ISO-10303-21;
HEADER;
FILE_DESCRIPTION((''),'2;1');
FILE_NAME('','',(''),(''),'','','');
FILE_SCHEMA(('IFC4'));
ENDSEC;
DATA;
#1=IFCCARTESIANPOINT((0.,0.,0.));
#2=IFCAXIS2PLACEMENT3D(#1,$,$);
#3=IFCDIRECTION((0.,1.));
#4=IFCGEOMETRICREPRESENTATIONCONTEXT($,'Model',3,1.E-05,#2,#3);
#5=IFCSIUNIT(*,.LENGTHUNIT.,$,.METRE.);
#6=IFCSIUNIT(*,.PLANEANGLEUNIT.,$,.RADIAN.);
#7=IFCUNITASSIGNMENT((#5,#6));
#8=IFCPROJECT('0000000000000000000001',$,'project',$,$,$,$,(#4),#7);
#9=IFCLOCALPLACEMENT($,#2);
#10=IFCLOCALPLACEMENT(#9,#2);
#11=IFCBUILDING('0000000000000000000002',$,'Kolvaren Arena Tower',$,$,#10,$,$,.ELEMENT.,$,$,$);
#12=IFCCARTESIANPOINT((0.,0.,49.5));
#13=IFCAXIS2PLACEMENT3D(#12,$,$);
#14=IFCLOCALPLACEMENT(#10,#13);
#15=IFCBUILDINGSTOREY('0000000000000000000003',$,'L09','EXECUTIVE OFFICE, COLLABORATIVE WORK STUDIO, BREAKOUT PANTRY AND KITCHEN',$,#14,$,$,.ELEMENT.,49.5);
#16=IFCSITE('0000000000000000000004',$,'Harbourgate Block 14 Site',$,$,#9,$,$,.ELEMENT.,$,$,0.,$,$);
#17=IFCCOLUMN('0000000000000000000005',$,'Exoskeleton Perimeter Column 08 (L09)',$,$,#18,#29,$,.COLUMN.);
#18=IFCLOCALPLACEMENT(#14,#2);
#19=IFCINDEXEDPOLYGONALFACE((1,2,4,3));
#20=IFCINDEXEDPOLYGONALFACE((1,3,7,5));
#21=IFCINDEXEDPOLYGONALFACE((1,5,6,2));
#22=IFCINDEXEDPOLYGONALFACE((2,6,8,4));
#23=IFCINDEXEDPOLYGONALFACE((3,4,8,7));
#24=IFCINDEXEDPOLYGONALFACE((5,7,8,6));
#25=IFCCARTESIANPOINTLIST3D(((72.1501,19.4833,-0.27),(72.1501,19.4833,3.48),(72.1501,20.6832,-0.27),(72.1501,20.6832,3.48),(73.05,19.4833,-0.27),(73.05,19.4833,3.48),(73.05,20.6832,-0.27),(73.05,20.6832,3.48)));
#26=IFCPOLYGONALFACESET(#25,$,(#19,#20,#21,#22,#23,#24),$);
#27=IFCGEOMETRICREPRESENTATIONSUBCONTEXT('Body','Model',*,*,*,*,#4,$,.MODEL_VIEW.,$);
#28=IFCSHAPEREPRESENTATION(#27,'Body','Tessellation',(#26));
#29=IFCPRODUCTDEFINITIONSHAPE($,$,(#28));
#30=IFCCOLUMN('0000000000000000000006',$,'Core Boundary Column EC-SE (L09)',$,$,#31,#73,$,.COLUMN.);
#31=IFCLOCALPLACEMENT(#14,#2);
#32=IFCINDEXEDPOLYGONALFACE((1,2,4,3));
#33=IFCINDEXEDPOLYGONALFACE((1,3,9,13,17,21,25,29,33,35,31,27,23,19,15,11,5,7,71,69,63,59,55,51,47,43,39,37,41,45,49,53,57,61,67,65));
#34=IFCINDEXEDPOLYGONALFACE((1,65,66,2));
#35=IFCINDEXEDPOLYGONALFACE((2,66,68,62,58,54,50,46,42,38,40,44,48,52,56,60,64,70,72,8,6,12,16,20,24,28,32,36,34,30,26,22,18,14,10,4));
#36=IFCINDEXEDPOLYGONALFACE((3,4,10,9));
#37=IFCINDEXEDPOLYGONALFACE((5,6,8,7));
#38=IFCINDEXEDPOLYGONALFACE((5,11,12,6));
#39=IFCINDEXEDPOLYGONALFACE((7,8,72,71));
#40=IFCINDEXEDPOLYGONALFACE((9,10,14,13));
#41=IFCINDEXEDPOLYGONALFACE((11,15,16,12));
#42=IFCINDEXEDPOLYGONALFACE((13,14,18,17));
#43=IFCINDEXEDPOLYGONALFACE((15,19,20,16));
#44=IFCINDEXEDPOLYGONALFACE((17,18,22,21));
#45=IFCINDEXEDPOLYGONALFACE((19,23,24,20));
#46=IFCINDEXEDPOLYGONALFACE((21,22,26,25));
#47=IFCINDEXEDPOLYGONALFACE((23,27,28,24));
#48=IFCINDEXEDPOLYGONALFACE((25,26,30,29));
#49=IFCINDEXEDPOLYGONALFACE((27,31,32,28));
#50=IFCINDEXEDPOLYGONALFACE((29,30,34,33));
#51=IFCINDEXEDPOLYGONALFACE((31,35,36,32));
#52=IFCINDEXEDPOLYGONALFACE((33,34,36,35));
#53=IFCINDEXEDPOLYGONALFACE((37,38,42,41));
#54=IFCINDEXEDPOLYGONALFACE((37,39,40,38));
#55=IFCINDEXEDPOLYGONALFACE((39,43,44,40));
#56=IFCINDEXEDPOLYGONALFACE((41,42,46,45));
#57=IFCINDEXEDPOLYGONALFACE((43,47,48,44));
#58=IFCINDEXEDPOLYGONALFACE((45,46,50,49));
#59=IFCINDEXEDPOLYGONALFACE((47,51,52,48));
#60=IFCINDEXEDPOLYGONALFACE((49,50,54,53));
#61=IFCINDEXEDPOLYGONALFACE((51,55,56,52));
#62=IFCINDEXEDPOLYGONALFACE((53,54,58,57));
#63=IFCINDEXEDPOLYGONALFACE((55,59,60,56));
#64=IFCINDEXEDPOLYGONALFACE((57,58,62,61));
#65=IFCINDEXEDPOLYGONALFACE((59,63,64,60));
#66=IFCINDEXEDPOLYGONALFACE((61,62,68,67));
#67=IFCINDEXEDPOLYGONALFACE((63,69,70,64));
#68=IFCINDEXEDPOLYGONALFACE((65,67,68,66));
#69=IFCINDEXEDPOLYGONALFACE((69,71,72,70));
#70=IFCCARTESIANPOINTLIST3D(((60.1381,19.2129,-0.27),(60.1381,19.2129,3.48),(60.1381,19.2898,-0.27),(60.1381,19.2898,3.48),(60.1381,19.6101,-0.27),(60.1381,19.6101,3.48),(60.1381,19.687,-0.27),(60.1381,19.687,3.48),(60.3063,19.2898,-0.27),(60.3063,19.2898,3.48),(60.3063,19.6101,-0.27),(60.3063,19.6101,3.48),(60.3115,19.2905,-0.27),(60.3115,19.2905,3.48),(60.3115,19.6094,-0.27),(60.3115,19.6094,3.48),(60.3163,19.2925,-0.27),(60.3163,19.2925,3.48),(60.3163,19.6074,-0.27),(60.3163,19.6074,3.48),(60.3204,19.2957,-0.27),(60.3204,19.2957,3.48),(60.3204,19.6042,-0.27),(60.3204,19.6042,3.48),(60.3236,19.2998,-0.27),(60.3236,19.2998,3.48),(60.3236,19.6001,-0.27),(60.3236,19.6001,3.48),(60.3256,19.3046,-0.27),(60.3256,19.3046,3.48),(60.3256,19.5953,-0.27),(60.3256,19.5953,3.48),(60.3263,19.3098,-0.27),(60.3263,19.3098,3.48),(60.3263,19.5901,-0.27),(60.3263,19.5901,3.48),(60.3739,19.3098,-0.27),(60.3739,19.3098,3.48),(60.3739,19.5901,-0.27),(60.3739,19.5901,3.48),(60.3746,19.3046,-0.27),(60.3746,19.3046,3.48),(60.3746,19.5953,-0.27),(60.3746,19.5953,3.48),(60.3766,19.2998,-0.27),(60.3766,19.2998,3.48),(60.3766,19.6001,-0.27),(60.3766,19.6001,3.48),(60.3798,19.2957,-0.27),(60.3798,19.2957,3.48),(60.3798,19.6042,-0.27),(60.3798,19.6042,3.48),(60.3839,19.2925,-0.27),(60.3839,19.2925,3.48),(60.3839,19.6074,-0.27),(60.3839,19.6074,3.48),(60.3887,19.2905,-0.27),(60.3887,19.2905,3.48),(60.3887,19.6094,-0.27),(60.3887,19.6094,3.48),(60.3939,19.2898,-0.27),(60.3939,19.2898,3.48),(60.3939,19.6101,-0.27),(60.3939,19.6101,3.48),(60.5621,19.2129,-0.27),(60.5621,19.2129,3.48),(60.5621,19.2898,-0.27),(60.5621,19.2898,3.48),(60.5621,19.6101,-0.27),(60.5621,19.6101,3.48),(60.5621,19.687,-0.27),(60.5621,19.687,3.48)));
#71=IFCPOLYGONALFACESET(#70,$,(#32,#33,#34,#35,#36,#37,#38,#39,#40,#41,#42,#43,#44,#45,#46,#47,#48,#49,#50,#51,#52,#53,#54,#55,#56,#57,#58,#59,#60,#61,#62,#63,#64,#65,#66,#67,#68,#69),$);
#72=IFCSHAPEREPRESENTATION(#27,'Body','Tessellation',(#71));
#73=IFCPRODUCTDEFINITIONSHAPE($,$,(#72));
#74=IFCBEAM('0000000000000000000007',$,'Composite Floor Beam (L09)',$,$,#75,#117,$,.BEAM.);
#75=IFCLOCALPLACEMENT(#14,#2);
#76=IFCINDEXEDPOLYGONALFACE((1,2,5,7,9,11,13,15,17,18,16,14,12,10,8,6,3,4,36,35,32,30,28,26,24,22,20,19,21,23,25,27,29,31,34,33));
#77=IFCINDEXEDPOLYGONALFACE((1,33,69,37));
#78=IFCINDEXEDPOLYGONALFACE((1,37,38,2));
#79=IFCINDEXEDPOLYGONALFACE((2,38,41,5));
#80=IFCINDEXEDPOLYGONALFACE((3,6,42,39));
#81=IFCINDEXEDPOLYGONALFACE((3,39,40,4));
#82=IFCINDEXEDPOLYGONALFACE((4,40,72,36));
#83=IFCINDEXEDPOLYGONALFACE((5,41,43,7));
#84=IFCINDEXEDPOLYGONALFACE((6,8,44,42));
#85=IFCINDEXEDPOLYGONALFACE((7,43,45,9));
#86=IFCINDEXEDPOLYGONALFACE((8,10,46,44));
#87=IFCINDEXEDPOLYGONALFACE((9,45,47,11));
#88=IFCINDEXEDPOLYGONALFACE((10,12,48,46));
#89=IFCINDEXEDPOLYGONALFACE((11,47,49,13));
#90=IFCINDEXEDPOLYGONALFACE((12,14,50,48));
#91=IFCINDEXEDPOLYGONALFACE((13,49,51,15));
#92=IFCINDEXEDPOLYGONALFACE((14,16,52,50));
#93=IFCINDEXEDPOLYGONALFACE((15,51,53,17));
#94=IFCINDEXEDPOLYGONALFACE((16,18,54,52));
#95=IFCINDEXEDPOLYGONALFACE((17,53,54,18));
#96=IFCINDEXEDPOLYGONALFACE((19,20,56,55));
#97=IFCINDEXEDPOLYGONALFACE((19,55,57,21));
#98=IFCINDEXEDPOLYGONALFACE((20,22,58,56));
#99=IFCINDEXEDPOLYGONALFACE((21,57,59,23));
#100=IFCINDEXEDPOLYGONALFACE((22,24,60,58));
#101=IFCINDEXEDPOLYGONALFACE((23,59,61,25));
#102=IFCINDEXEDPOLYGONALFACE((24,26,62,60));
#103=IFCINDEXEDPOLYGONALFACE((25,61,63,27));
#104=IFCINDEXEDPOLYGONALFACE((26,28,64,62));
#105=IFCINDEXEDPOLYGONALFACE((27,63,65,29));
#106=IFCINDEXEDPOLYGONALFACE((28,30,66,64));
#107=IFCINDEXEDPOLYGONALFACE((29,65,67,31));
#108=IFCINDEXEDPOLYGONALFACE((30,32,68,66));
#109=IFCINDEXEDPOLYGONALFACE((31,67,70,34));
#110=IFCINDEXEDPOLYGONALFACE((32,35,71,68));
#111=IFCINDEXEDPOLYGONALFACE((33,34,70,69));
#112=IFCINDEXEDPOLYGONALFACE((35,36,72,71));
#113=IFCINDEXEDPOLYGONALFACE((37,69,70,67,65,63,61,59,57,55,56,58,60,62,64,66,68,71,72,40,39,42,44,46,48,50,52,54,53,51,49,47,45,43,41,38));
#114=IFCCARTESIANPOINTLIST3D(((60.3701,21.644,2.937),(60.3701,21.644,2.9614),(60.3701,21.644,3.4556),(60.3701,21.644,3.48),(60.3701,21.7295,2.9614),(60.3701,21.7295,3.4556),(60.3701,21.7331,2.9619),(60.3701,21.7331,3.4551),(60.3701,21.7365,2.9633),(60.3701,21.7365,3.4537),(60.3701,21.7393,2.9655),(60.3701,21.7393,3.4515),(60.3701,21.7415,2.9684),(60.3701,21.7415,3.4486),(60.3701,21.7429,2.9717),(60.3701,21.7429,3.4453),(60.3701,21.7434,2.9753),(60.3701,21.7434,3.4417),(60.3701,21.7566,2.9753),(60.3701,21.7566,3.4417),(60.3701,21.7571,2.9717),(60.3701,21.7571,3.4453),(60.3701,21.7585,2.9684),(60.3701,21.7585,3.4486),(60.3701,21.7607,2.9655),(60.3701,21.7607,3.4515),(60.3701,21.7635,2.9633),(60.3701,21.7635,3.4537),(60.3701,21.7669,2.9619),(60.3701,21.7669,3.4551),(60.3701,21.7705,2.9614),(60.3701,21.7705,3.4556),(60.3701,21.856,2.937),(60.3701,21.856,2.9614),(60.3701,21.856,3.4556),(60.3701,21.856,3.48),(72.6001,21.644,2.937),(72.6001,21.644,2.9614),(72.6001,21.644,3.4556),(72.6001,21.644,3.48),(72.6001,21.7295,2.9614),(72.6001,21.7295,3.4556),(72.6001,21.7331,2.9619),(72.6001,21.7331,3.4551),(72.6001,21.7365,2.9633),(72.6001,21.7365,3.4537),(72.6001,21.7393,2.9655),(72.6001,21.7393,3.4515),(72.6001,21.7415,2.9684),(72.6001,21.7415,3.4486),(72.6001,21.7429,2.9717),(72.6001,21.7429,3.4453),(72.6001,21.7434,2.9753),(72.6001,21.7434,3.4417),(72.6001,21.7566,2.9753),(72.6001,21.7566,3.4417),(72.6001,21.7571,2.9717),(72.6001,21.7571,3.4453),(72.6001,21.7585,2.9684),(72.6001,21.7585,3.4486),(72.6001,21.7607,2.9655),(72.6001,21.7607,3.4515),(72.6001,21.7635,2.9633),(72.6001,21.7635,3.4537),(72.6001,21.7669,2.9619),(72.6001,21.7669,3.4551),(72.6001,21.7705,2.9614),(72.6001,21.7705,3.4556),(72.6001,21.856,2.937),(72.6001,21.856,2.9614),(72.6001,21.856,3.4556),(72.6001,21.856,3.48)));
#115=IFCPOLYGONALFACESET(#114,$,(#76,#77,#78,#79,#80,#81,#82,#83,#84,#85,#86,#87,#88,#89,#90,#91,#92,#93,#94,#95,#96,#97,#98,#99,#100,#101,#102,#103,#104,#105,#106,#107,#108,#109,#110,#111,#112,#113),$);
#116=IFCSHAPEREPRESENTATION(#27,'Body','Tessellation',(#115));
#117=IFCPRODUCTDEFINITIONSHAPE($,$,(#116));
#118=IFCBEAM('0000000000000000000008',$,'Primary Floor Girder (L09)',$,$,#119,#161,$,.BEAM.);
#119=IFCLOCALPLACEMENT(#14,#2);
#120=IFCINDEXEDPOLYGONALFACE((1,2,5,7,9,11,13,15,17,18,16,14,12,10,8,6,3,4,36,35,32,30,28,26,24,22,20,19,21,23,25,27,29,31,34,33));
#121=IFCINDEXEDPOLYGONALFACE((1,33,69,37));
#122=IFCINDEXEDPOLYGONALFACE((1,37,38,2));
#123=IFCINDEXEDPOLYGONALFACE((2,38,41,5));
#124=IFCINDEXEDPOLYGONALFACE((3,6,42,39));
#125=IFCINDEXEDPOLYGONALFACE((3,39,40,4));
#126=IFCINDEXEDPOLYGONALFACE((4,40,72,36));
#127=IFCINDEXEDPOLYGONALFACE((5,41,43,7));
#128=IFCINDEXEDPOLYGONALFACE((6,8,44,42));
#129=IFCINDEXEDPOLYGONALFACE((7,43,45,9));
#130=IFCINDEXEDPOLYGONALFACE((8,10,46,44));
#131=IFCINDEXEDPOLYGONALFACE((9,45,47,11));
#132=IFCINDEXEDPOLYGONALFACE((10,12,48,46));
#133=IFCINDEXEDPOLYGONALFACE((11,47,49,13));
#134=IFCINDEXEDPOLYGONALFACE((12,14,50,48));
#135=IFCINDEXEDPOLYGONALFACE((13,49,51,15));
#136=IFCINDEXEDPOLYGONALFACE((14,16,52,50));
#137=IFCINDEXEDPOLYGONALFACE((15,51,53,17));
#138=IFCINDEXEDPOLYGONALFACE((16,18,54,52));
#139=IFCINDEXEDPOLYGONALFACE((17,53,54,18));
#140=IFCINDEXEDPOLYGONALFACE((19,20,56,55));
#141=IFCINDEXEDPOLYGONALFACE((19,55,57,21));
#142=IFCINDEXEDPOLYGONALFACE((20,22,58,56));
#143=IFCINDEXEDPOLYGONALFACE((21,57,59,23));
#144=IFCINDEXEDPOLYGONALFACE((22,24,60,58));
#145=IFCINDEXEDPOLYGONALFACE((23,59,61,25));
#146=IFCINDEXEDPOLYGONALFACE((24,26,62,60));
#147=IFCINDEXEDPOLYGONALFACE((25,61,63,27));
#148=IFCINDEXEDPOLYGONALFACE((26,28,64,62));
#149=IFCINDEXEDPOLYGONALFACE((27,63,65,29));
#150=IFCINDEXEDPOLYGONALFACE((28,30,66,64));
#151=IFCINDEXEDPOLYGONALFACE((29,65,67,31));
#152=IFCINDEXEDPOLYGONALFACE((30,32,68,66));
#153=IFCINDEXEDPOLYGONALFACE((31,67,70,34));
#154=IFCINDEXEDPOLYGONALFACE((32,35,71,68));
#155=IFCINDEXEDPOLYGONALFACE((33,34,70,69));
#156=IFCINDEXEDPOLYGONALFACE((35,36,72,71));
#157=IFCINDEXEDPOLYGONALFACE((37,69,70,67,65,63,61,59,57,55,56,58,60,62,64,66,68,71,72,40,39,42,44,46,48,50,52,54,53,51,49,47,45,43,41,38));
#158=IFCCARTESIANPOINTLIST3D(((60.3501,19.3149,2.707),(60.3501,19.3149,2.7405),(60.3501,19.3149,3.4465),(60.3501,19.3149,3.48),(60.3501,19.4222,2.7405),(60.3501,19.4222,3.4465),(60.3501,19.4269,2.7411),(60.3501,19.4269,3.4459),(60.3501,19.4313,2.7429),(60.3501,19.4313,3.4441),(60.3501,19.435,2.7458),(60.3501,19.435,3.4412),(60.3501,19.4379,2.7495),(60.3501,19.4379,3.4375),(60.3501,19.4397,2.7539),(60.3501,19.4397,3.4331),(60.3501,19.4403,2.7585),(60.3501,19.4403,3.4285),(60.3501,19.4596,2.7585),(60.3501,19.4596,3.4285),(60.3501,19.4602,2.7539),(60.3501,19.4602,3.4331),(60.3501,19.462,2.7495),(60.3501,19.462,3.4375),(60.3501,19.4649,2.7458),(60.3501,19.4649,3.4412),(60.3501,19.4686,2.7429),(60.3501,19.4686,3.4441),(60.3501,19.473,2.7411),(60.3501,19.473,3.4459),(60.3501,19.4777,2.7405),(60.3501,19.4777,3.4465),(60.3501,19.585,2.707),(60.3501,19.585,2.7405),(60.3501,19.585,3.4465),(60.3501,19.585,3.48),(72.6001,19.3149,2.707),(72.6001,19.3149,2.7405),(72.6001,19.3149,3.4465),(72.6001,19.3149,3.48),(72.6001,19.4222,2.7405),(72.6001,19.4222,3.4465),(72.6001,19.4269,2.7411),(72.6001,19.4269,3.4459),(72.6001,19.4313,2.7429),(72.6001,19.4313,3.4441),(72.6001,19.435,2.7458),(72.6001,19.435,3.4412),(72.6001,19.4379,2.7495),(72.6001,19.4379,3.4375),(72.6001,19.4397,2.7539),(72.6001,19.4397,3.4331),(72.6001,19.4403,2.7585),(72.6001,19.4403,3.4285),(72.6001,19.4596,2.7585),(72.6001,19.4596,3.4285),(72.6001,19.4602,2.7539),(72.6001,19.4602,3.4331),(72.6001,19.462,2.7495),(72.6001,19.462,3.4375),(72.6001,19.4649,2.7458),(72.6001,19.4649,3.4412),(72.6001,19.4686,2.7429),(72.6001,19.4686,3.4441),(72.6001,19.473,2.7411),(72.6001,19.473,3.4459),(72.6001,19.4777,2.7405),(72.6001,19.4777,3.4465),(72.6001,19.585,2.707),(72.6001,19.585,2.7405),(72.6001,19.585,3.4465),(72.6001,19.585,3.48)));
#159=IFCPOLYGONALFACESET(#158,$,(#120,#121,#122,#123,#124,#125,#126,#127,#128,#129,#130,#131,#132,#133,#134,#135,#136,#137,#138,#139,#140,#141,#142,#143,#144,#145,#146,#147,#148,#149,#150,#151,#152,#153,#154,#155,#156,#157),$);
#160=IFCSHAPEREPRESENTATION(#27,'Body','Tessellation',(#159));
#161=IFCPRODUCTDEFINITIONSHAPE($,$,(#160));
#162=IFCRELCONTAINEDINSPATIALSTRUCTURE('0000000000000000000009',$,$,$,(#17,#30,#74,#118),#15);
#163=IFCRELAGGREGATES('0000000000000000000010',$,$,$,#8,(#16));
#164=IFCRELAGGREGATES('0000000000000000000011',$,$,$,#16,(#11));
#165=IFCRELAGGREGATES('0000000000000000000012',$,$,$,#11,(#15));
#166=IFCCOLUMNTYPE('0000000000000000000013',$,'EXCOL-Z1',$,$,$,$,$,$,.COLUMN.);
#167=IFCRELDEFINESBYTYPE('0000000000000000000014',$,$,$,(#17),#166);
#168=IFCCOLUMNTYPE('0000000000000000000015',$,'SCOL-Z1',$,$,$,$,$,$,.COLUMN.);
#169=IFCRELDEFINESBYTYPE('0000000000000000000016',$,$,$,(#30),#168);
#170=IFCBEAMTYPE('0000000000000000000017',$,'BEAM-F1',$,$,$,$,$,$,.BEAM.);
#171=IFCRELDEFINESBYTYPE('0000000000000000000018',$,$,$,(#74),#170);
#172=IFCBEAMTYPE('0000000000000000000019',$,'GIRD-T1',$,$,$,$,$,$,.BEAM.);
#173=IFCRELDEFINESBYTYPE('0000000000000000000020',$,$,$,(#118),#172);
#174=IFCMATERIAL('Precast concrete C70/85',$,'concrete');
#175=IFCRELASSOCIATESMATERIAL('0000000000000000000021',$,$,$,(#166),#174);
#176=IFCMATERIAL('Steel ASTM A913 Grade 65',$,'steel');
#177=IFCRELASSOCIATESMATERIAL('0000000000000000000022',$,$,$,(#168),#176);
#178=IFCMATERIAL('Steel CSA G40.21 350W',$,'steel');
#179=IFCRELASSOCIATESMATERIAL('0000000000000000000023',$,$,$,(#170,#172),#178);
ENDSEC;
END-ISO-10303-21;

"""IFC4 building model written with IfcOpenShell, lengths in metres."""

from ifc_helpers import new_model, si_unit, direction, frame, origin, origin_2d, place, context, subcontext, project, spatial, rectangle, i_section, extrude, material, material_profile, profile_set, type_object, element, save


model = new_model("IFC4")

# Units and contexts
model_context = context("Model", 3, precision=1e-05, world=origin(), true_north=direction((0.0, 1.0)))
body_context = subcontext(model_context, "Body", "Model", "MODEL_VIEW")
ifc_project = project(units=[si_unit("LENGTHUNIT", "METRE"), si_unit("PLANEANGLEUNIT", "RADIAN")], contexts=[model_context])

# Site, building, storey
site_placement = place(None, origin())
site = spatial("IfcSite", under=ifc_project, at=site_placement, Name="Harbourgate Block 14 Site", CompositionType="ELEMENT", RefElevation=0.0)
building_placement = place(site_placement, origin())
building = spatial("IfcBuilding", under=site, at=building_placement, Name="Kolvaren Arena Tower", CompositionType="ELEMENT")
storey_placement = place(building_placement, frame((0.0, 0.0, 49.5)))
storey = spatial("IfcBuildingStorey", under=building, at=storey_placement, Name="L09", Description="EXECUTIVE OFFICE, COLLABORATIVE WORK STUDIO, BREAKOUT PANTRY AND KITCHEN", CompositionType="ELEMENT", Elevation=49.5)

# Columns
ifc_material_1 = material(Name="Precast concrete C70/85", Category="concrete")
ifc_material_profile_1 = material_profile(ifc_material_1, rectangle(XDim=1.2, YDim=0.8999, at=origin_2d()), Name="RC-1200x900")
ifc_profile_set_1 = profile_set([ifc_material_profile_1], Name="Precast concrete C70/85")
column_type_1 = type_object("IfcColumnType", Name="EXCOL-Z1", PredefinedType="COLUMN", material=ifc_profile_set_1)
column_1_placement = place(storey_placement, frame((72.6001, 20.0833, -0.27), z_axis=(0.0, 0.0, 1.0), x_axis=(0.0, 1.0, 0.0)))
element("IfcColumn", 1, at=column_1_placement, inside=storey, type_object=column_type_1, Name="Exoskeleton Perimeter Column 08 (L09)", PredefinedType="COLUMN", context=body_context, shape_type="SweptSolid", body=[
    extrude(rectangle(XDim=1.2, YDim=0.8999, at=origin_2d()), origin(), (0.0, 0.0, 1.0), 3.75),
])
ifc_material_2 = material(Name="Steel ASTM A913 Grade 65", Category="steel")
ifc_material_profile_2 = material_profile(ifc_material_2, i_section(OverallWidth=0.4241, OverallDepth=0.4741, WebThickness=0.0476, FlangeThickness=0.0769, FilletRadius=0.02, at=origin_2d()), Name="W360x634")
ifc_profile_set_2 = profile_set([ifc_material_profile_2], Name="Steel ASTM A913 Grade 65")
column_type_2 = type_object("IfcColumnType", Name="SCOL-Z1", PredefinedType="COLUMN", material=ifc_profile_set_2)
column_2_placement = place(storey_placement, frame((60.3501, 19.45, -0.27), z_axis=(0.0, 0.0, 1.0), x_axis=(1.0, 0.0, 0.0)))
element("IfcColumn", 2, at=column_2_placement, inside=storey, type_object=column_type_2, Name="Core Boundary Column EC-SE (L09)", PredefinedType="COLUMN", context=body_context, shape_type="SweptSolid", body=[
    extrude(i_section(OverallWidth=0.4241, OverallDepth=0.4741, WebThickness=0.0476, FlangeThickness=0.0769, FilletRadius=0.02, at=origin_2d()), origin(), (0.0, 0.0, 1.0), 3.75),
])

# Beams
ifc_material_3 = material(Name="Steel CSA G40.21 350W", Category="steel")
ifc_material_profile_3 = material_profile(ifc_material_3, i_section(OverallWidth=0.2119, OverallDepth=0.543, WebThickness=0.0132, FlangeThickness=0.0244, FilletRadius=0.0139, at=origin_2d()), Name="W530x150")
ifc_profile_set_3 = profile_set([ifc_material_profile_3], Name="Steel CSA G40.21 350W")
beam_type_1 = type_object("IfcBeamType", Name="BEAM-F1", PredefinedType="BEAM", material=ifc_profile_set_3)
beam_1_placement = place(storey_placement, frame((60.3701, 21.75, 3.2085), z_axis=(1.0, 0.0, 0.0), x_axis=(0.0, 1.0, 0.0)))
element("IfcBeam", 3, at=beam_1_placement, inside=storey, type_object=beam_type_1, Name="Composite Floor Beam (L09)", PredefinedType="BEAM", context=body_context, shape_type="SweptSolid", body=[
    extrude(i_section(OverallWidth=0.2119, OverallDepth=0.543, WebThickness=0.0132, FlangeThickness=0.0244, FilletRadius=0.0139, at=origin_2d()), origin(), (0.0, 0.0, 1.0), 12.23),
])
ifc_material_profile_4 = material_profile(ifc_material_3, i_section(OverallWidth=0.27, OverallDepth=0.7729, WebThickness=0.0193, FlangeThickness=0.0334, FilletRadius=0.0181, at=origin_2d()), Name="W760x257")
ifc_profile_set_4 = profile_set([ifc_material_profile_4], Name="Steel CSA G40.21 350W")
beam_type_2 = type_object("IfcBeamType", Name="GIRD-T1", PredefinedType="BEAM", material=ifc_profile_set_4)
beam_2_placement = place(storey_placement, frame((60.3501, 19.45, 3.0935), z_axis=(1.0, 0.0, 0.0), x_axis=(0.0, 1.0, 0.0)))
element("IfcBeam", 4, at=beam_2_placement, inside=storey, type_object=beam_type_2, Name="Primary Floor Girder (L09)", PredefinedType="BEAM", context=body_context, shape_type="SweptSolid", body=[
    extrude(i_section(OverallWidth=0.27, OverallDepth=0.7729, WebThickness=0.0193, FlangeThickness=0.0334, FilletRadius=0.0181, at=origin_2d()), origin(), (0.0, 0.0, 1.0), 12.25),
])

save(model, "model.ifc")
